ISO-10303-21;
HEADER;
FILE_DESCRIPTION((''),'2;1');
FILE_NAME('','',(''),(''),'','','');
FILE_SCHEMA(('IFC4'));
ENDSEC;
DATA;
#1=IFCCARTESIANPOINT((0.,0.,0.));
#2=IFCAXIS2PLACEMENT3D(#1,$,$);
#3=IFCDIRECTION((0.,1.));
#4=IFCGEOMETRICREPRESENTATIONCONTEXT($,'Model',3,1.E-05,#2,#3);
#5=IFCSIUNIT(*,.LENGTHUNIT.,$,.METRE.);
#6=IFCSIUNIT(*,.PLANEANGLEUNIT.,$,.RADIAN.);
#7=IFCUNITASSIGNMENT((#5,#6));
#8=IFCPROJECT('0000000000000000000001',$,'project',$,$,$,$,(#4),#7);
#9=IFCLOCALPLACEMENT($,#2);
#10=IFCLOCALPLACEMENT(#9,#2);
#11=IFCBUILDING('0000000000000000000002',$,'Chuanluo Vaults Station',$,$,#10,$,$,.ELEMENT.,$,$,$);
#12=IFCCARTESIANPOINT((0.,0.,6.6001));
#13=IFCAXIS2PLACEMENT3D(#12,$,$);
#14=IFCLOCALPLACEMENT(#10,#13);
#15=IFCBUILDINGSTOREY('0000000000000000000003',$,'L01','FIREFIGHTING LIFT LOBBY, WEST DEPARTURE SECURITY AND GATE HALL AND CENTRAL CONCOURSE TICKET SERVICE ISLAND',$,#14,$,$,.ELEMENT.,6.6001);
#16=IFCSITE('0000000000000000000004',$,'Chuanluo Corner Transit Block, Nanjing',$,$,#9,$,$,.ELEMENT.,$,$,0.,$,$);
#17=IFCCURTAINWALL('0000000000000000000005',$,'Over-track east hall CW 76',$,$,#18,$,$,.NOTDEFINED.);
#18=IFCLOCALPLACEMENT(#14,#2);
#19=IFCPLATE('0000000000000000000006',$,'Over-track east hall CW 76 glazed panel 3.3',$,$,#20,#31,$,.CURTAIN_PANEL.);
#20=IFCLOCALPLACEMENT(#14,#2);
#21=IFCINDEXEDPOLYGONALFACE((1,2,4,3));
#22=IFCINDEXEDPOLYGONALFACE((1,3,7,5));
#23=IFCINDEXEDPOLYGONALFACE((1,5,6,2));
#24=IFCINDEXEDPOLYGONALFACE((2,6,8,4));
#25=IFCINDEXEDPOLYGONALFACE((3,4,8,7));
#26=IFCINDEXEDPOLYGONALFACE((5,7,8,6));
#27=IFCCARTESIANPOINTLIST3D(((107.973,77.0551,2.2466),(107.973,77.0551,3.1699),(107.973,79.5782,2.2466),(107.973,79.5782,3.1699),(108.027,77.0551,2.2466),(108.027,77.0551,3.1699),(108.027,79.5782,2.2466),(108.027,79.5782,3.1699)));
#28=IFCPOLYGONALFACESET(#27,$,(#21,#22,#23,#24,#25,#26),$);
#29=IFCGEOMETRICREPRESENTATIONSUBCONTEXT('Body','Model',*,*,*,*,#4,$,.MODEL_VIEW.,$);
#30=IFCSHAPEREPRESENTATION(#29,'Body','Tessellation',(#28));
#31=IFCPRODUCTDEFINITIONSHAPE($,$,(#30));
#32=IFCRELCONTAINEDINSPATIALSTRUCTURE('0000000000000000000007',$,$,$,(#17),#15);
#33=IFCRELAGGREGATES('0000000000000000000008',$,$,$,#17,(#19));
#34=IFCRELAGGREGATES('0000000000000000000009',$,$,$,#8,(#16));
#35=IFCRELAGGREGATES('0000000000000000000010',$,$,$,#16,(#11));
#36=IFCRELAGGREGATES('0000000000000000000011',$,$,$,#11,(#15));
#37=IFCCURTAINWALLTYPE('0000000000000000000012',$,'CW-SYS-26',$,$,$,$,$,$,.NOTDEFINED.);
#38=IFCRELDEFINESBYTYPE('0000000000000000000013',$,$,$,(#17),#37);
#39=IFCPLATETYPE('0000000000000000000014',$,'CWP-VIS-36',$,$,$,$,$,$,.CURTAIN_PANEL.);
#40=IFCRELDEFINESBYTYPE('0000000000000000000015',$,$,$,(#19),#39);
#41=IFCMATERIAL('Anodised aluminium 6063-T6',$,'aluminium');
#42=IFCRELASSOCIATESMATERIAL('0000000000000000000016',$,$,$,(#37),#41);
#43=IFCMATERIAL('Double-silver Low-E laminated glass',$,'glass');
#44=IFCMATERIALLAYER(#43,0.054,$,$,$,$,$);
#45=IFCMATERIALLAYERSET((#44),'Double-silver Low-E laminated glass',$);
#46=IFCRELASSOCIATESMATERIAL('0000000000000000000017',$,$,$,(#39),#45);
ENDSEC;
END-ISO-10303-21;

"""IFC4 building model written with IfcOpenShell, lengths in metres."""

from ifc_helpers import new_model, si_unit, direction, frame, origin, origin_2d, place, context, subcontext, project, spatial, rectangle, extrude, material, layer, layer_set, type_object, element, aggregate, save


model = new_model("IFC4")

# Units and contexts
model_context = context("Model", 3, precision=1e-05, world=origin(), true_north=direction((0.0, 1.0)))
body_context = subcontext(model_context, "Body", "Model", "MODEL_VIEW")
ifc_project = project(units=[si_unit("LENGTHUNIT", "METRE"), si_unit("PLANEANGLEUNIT", "RADIAN")], contexts=[model_context])

# Site, building, storey
site_placement = place(None, origin())
site = spatial("IfcSite", under=ifc_project, at=site_placement, Name="Chuanluo Corner Transit Block, Nanjing", CompositionType="ELEMENT", RefElevation=0.0)
building_placement = place(site_placement, origin())
building = spatial("IfcBuilding", under=site, at=building_placement, Name="Chuanluo Vaults Station", CompositionType="ELEMENT")
storey_placement = place(building_placement, frame((0.0, 0.0, 6.6001)))
storey = spatial("IfcBuildingStorey", under=building, at=storey_placement, Name="L01", Description="FIREFIGHTING LIFT LOBBY, WEST DEPARTURE SECURITY AND GATE HALL AND CENTRAL CONCOURSE TICKET SERVICE ISLAND", CompositionType="ELEMENT", Elevation=6.6001)

# Curtain wall, plate
ifc_material_1 = material(Name="Anodised aluminium 6063-T6", Category="aluminium")
curtain_wall_type = type_object("IfcCurtainWallType", Name="CW-SYS-26", PredefinedType="NOTDEFINED", material=ifc_material_1)
curtain_wall_placement = place(storey_placement, origin())
curtain_wall = element("IfcCurtainWall", 1, at=curtain_wall_placement, inside=storey, type_object=curtain_wall_type, Name="Over-track east hall CW 76", PredefinedType="NOTDEFINED")
ifc_material_2 = material(Name="Double-silver Low-E laminated glass", Category="glass")
ifc_layer_1 = layer(ifc_material_2, 0.054)
ifc_layer_set_1 = layer_set([ifc_layer_1], Name="Double-silver Low-E laminated glass")
plate_type_1 = type_object("IfcPlateType", Name="CWP-VIS-36", PredefinedType="CURTAIN_PANEL", material=ifc_layer_set_1)
plate_1_placement = place(storey_placement, frame((108.0, 78.3167, 2.2466), z_axis=(0.0, 0.0, 1.0), x_axis=(0.0, -1.0, 0.0)))
plate_1 = element("IfcPlate", 2, at=plate_1_placement, type_object=plate_type_1, Name="Over-track east hall CW 76 glazed panel 3.3", PredefinedType="CURTAIN_PANEL", context=body_context, shape_type="SweptSolid", body=[
    extrude(rectangle(XDim=2.5232, YDim=0.054, at=origin_2d()), origin(), (0.0, 0.0, 1.0), 0.9233),
])
aggregate(curtain_wall, [plate_1])

save(model, "model.ifc")
